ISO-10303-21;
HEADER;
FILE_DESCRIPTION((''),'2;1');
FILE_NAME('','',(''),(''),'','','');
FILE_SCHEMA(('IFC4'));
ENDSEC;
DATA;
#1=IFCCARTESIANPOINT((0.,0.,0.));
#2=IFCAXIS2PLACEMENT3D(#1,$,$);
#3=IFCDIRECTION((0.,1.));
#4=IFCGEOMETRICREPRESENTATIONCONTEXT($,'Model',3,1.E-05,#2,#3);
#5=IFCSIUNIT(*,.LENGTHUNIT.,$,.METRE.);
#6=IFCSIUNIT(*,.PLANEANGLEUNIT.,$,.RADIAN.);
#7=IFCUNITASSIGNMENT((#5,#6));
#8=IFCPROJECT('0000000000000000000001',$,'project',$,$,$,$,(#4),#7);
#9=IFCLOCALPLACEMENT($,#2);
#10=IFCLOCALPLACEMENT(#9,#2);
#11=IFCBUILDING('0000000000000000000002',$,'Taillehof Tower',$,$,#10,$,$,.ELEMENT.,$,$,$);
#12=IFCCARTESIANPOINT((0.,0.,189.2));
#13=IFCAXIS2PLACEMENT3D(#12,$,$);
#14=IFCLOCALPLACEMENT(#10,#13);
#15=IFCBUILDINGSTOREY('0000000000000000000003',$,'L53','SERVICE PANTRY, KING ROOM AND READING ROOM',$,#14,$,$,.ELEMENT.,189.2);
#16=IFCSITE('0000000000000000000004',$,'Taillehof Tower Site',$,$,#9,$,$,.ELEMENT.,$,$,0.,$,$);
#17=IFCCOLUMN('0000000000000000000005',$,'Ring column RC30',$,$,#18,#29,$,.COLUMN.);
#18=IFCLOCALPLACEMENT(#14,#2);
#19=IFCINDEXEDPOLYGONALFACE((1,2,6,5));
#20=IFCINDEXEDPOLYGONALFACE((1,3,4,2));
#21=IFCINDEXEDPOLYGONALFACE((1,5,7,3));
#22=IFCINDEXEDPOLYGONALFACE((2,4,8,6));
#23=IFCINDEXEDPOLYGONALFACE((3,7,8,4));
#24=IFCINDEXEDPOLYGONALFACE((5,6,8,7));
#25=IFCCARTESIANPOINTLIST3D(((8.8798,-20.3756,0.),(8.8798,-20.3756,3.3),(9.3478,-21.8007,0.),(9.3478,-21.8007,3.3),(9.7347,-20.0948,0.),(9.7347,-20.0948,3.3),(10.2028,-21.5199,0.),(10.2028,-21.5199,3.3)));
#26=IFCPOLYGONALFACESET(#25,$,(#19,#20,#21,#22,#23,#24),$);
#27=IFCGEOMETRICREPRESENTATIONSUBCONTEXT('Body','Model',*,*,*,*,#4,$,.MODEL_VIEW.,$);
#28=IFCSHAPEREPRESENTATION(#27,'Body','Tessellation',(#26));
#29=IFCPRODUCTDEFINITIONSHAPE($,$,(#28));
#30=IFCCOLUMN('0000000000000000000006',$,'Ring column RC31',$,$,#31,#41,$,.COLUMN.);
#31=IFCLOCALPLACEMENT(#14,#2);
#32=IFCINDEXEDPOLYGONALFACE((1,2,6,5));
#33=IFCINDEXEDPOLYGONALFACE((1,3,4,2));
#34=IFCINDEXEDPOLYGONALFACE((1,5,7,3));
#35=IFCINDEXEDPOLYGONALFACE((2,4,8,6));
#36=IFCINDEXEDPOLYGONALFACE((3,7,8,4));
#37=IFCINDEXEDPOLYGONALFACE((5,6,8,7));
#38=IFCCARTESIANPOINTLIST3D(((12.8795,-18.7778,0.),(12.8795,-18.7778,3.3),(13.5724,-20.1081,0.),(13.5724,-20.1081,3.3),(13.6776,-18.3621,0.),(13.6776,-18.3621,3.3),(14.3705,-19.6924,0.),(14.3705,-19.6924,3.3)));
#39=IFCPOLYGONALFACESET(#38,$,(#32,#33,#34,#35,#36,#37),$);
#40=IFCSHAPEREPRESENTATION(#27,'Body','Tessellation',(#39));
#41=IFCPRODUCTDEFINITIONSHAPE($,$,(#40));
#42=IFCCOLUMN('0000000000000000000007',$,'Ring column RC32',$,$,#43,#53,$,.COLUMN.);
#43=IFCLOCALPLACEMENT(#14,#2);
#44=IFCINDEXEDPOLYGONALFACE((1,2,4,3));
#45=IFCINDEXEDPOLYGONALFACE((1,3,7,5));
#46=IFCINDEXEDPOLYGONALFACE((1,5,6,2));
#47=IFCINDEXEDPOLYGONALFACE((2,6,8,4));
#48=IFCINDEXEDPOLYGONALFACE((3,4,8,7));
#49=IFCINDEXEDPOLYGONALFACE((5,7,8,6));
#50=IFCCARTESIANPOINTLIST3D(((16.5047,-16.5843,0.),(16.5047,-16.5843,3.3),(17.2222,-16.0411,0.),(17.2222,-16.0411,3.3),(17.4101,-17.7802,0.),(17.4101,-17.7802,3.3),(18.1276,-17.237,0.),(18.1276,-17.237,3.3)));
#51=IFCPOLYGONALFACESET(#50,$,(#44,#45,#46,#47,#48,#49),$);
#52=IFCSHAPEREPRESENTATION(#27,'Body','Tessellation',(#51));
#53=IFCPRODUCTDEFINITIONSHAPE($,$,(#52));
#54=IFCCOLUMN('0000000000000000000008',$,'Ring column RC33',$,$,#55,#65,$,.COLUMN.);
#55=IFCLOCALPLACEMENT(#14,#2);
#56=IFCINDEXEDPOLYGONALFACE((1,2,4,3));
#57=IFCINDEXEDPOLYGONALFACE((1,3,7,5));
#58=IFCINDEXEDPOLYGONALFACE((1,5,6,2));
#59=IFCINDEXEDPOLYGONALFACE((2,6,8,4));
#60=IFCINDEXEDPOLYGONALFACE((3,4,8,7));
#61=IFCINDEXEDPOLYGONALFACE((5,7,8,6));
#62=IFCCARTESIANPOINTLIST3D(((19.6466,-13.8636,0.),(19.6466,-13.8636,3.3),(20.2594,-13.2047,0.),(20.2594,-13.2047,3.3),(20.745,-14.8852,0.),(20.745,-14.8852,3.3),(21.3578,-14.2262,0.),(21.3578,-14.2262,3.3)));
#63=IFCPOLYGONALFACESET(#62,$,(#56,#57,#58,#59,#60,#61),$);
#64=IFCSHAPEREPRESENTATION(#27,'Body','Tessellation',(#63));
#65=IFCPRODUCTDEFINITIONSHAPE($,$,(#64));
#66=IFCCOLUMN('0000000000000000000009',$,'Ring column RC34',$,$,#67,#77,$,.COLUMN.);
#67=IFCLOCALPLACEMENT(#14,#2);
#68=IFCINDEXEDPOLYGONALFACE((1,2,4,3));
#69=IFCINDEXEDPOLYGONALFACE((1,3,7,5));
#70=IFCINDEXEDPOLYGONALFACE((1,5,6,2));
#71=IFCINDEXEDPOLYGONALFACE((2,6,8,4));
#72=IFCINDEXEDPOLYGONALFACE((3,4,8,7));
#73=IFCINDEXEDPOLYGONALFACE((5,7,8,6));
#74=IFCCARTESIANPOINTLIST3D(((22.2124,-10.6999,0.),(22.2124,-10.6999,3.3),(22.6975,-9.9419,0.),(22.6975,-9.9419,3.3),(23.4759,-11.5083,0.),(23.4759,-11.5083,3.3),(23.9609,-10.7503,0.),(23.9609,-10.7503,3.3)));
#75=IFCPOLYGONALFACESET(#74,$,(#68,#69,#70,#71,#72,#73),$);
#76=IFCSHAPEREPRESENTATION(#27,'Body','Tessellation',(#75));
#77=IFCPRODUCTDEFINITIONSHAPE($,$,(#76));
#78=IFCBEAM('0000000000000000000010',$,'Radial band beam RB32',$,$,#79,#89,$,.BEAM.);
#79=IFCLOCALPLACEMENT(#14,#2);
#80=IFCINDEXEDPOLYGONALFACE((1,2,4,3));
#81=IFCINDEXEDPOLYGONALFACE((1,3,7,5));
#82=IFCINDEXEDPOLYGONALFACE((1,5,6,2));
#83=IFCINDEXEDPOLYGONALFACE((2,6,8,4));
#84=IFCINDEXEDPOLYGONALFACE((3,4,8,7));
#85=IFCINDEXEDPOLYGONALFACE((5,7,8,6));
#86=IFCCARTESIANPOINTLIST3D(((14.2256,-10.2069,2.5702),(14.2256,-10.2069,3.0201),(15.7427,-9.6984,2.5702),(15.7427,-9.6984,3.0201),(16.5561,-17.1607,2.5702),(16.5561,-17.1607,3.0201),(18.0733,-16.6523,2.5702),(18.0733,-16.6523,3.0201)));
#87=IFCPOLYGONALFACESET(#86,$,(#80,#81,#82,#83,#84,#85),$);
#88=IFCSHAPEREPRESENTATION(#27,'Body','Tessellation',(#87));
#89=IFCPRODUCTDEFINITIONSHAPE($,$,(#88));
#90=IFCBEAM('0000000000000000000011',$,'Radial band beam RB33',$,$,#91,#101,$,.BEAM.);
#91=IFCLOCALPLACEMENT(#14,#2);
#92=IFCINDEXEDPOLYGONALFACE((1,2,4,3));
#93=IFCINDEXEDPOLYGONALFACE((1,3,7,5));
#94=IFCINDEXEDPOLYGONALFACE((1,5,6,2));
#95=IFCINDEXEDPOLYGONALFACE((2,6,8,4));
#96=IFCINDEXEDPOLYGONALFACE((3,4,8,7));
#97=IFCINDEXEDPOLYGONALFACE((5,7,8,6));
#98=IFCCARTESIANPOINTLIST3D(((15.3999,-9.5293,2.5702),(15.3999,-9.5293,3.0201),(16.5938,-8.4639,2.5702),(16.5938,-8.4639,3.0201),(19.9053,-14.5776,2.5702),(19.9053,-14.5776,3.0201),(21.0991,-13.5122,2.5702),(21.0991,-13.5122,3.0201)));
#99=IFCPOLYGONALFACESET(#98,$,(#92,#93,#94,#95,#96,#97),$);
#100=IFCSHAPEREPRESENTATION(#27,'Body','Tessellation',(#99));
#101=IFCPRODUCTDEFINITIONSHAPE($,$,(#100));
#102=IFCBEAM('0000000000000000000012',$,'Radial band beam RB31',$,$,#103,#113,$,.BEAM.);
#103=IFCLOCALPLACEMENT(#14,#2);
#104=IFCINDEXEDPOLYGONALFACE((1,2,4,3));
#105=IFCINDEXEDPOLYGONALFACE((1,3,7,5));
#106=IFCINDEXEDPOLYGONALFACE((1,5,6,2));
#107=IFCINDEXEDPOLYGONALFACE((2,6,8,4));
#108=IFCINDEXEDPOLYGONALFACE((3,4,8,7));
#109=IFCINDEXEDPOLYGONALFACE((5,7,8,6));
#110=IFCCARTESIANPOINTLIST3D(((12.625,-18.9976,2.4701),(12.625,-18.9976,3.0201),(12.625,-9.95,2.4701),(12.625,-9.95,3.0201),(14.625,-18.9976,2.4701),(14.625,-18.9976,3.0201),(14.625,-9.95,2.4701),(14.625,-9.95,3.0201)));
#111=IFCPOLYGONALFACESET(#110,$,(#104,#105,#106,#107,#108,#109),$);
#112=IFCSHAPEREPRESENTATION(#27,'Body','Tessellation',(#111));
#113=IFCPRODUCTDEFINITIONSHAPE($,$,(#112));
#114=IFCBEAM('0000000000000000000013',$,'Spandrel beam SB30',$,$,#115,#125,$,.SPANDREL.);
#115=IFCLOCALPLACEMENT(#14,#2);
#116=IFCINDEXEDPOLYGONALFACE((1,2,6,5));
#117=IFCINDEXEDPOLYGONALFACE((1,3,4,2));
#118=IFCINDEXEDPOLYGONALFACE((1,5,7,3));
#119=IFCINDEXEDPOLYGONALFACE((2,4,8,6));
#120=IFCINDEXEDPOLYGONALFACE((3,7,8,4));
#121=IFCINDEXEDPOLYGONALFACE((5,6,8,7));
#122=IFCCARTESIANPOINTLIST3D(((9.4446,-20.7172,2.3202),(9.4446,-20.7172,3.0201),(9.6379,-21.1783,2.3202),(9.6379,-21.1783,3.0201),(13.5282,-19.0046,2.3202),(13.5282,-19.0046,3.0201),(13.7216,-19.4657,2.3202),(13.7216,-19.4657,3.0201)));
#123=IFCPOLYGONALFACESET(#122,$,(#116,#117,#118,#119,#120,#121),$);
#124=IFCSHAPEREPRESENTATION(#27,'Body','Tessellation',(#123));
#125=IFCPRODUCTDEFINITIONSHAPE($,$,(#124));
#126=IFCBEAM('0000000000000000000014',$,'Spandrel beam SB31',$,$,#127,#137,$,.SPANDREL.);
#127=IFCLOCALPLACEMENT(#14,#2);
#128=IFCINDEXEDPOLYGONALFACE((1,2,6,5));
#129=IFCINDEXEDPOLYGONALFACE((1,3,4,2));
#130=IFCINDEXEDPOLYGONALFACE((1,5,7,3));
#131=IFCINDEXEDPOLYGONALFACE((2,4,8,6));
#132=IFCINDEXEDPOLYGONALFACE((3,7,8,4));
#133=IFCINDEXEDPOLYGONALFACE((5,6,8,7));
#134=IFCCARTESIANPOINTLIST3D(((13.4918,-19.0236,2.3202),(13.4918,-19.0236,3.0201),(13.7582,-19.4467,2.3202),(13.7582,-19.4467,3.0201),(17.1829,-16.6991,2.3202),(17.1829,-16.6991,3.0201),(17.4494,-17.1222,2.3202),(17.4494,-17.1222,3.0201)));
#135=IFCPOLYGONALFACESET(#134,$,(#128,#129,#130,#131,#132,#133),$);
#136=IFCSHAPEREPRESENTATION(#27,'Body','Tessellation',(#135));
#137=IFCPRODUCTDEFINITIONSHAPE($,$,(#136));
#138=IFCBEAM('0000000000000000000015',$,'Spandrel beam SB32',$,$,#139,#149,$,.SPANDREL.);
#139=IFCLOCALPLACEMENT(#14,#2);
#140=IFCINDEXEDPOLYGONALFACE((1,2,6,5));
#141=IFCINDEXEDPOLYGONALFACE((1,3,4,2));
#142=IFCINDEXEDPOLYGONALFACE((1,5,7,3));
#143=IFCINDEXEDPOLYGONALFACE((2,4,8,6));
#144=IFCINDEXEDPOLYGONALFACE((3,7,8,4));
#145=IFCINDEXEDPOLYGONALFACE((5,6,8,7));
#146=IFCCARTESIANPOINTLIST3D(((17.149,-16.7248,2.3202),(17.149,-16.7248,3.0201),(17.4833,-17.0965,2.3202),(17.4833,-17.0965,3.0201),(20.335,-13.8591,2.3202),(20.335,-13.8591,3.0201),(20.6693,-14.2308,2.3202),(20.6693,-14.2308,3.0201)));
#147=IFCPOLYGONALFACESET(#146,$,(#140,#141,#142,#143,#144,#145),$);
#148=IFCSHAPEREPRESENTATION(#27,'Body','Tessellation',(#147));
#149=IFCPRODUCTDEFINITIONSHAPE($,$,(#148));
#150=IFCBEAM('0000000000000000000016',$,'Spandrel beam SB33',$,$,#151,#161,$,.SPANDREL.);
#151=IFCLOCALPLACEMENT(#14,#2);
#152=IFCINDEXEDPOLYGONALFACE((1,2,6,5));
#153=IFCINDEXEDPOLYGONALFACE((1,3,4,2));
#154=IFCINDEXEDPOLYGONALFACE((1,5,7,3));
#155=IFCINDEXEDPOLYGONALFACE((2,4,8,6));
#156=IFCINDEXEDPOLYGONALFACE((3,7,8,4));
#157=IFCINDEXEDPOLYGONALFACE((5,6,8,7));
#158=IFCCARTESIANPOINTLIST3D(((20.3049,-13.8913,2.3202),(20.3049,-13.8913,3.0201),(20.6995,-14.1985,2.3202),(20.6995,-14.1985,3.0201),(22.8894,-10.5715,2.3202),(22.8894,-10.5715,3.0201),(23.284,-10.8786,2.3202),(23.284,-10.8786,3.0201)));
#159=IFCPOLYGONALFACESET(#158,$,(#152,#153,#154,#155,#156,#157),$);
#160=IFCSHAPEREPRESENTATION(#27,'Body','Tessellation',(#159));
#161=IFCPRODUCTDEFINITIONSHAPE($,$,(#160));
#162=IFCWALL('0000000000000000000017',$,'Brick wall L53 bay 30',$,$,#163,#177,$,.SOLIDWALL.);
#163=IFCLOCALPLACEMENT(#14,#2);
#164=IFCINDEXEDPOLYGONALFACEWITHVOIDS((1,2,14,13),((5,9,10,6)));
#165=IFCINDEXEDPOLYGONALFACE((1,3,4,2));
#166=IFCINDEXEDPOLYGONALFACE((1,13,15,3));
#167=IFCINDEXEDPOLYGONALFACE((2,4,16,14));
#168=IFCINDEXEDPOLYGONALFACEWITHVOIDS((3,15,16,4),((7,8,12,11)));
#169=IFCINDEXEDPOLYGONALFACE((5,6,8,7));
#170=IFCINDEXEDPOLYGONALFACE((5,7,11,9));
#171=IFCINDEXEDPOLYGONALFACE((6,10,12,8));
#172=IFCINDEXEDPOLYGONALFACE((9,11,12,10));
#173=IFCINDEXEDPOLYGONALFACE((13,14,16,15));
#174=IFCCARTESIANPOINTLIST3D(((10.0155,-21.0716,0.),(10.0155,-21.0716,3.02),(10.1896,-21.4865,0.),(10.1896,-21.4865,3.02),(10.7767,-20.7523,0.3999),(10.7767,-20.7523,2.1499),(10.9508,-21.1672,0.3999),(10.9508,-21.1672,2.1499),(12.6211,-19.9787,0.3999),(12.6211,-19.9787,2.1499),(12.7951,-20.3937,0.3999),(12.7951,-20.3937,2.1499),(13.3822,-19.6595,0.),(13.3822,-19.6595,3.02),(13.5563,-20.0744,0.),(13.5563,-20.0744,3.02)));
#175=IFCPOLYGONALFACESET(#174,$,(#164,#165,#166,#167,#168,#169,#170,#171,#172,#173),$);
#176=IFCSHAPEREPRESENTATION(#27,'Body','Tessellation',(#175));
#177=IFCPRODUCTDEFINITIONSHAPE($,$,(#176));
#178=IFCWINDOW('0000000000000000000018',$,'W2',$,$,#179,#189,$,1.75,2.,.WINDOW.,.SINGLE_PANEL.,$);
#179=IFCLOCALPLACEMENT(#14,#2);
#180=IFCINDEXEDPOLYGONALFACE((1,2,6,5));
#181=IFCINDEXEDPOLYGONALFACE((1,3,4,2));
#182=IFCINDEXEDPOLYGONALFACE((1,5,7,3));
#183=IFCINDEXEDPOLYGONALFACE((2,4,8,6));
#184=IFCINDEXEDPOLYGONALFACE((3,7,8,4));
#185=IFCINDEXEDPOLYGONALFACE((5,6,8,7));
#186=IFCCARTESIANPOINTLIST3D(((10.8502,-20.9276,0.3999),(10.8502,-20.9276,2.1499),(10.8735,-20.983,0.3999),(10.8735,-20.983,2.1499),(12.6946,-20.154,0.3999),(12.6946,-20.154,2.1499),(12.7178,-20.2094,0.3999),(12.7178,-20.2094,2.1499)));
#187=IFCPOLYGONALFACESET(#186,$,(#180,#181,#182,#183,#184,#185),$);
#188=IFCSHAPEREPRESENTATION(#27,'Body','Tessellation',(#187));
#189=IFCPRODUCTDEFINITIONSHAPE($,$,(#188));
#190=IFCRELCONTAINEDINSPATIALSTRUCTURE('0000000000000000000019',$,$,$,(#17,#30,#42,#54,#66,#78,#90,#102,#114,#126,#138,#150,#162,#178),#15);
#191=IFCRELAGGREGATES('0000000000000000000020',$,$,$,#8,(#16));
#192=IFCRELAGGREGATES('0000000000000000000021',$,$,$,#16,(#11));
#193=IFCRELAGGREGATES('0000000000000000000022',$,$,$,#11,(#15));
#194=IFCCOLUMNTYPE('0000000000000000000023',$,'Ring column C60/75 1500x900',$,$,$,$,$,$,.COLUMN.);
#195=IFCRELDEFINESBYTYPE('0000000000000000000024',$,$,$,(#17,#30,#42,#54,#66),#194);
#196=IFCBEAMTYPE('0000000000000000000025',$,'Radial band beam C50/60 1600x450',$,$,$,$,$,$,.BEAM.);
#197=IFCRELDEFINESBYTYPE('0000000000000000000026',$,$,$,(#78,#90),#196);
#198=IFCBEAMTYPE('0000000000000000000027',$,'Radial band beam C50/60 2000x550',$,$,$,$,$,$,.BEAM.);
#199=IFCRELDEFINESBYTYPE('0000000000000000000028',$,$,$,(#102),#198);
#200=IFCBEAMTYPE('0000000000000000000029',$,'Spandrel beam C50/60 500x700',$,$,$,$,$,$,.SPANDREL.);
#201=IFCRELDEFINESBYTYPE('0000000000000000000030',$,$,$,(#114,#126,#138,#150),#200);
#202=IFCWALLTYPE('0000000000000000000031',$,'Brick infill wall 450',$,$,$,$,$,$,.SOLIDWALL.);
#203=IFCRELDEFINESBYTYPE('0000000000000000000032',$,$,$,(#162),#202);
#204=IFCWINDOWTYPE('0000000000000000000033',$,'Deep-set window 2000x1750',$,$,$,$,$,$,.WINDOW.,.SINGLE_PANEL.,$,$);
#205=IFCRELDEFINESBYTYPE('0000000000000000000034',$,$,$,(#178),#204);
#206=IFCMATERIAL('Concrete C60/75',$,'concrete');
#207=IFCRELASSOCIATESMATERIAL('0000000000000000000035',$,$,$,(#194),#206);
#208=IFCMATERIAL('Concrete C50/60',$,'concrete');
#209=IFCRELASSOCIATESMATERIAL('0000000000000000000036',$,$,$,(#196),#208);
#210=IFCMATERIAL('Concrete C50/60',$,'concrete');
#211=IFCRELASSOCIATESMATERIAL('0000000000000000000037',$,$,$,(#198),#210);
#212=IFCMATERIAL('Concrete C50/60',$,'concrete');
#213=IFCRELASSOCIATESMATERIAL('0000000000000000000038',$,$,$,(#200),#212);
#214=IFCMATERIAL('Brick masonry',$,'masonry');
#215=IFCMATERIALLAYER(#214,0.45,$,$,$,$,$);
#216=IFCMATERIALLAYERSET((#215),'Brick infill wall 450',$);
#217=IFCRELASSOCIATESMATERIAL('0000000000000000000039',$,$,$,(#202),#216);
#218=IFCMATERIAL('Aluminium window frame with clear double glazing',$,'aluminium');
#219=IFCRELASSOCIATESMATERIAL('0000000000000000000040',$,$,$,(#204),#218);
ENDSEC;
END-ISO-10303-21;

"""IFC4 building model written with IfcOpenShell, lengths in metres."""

from ifc_helpers import new_model, si_unit, direction, frame, frame_2d, origin, origin_2d, place, context, subcontext, project, spatial, rectangle, extrude, material, layer, layer_set, material_profile, profile_set, type_object, element, fill, save


model = new_model("IFC4")

# Units and contexts
model_context = context("Model", 3, precision=1e-05, world=origin(), true_north=direction((0.0, 1.0)))
body_context = subcontext(model_context, "Body", "Model", "MODEL_VIEW")
ifc_project = project(units=[si_unit("LENGTHUNIT", "METRE"), si_unit("PLANEANGLEUNIT", "RADIAN")], contexts=[model_context])

# Site, building, storey
site_placement = place(None, origin())
site = spatial("IfcSite", under=ifc_project, at=site_placement, Name="Taillehof Tower Site", CompositionType="ELEMENT", RefElevation=0.0)
building_placement = place(site_placement, origin())
building = spatial("IfcBuilding", under=site, at=building_placement, Name="Taillehof Tower", CompositionType="ELEMENT")
storey_placement = place(building_placement, frame((0.0, 0.0, 189.2)))
storey = spatial("IfcBuildingStorey", under=building, at=storey_placement, Name="L53", Description="SERVICE PANTRY, KING ROOM AND READING ROOM", CompositionType="ELEMENT", Elevation=189.2)

# Columns
ifc_material_1 = material(Name="Concrete C60/75", Category="concrete")
ifc_material_profile_1 = material_profile(ifc_material_1, rectangle(XDim=1.5, YDim=0.8999, at=origin_2d()), Name="RC 1500x900")
ifc_profile_set_1 = profile_set([ifc_material_profile_1], Name="Concrete C60/75")
column_type = type_object("IfcColumnType", Name="Ring column C60/75 1500x900", PredefinedType="COLUMN", material=ifc_profile_set_1)
for number, where, z_axis, x_axis, name in (
    (1, (9.5413, -20.9478, 0.0), (0.0, 0.0, 1.0), (0.312001, -0.950082, 0.0), "Ring column RC30"),
    (2, (13.625, -19.2351, 0.0), (0.0, 0.0, 1.0), (0.461993, -0.886883, 0.0), "Ring column RC31"),
    (3, (17.3162, -16.9106, 0.0), (0.0, 0.0, 1.0), (0.603608, -0.797281, 0.0), "Ring column RC32"),
    (4, (20.5022, -14.0449, 0.0), (0.0, 0.0, 1.0), (0.732271, -0.681013, 0.0), "Ring column RC33"),
    (5, (23.0867, -10.7251, 0.0), (0.0, 0.0, 1.0), (0.842311, -0.538992, 0.0), "Ring column RC34"),
):
    element("IfcColumn", number, at=place(storey_placement, frame(where, z_axis=z_axis, x_axis=x_axis)), inside=storey, type_object=column_type, Name=name, PredefinedType="COLUMN", context=body_context, shape_type="SweptSolid", body=[
        extrude(rectangle(XDim=1.5, YDim=0.8999, at=origin_2d()), origin(), (0.0, 0.0, 1.0), 3.3),
    ])

# Beams
ifc_material_2 = material(Name="Concrete C50/60", Category="concrete")
ifc_material_profile_2 = material_profile(ifc_material_2, rectangle(XDim=1.6001, YDim=0.45, at=origin_2d()), Name="RC 1600x450")
ifc_profile_set_2 = profile_set([ifc_material_profile_2], Name="Concrete C50/60")
beam_type_1 = type_object("IfcBeamType", Name="Radial band beam C50/60 1600x450", PredefinedType="BEAM", material=ifc_profile_set_2)
beam_1_placement = place(storey_placement, frame((17.3147, -16.9065, 2.7952), z_axis=(-0.317775, 0.948166, 0.0), x_axis=(-0.948166, -0.317775, 0.0)))
element("IfcBeam", 6, at=beam_1_placement, inside=storey, type_object=beam_type_1, Name="Radial band beam RB32", PredefinedType="BEAM", context=body_context, shape_type="SweptSolid", body=[
    extrude(rectangle(XDim=1.6001, YDim=0.45, at=origin_2d()), origin(), (0.0, 0.0, 1.0), 7.334),
])
beam_2_placement = place(storey_placement, frame((20.5022, -14.0449, 2.7952), z_axis=(-0.665845, 0.74609, 0.0), x_axis=(-0.74609, -0.665845, 0.0)))
element("IfcBeam", 7, at=beam_2_placement, inside=storey, type_object=beam_type_1, Name="Radial band beam RB33", PredefinedType="BEAM", context=body_context, shape_type="SweptSolid", body=[
    extrude(rectangle(XDim=1.6001, YDim=0.45, at=origin_2d()), origin(), (0.0, 0.0, 1.0), 6.7664),
])
ifc_material_3 = material(Name="Concrete C50/60", Category="concrete")
ifc_material_profile_3 = material_profile(ifc_material_3, rectangle(XDim=2.0, YDim=0.55, at=origin_2d()), Name="RC 2000x550")
ifc_profile_set_3 = profile_set([ifc_material_profile_3], Name="Concrete C50/60")
beam_type_2 = type_object("IfcBeamType", Name="Radial band beam C50/60 2000x550", PredefinedType="BEAM", material=ifc_profile_set_3)
beam_3_placement = place(storey_placement, frame((13.625, -18.9976, 2.7451), z_axis=(0.0, 1.0, 0.0), x_axis=(-1.0, 0.0, 0.0)))
element("IfcBeam", 8, at=beam_3_placement, inside=storey, type_object=beam_type_2, Name="Radial band beam RB31", PredefinedType="BEAM", context=body_context, shape_type="SweptSolid", body=[
    extrude(rectangle(XDim=2.0, YDim=0.55, at=origin_2d()), origin(), (0.0, 0.0, 1.0), 9.0476),
])
ifc_material_4 = material(Name="Concrete C50/60", Category="concrete")
ifc_material_profile_4 = material_profile(ifc_material_4, rectangle(XDim=0.5, YDim=0.7, at=origin_2d()), Name="RC 500x700")
ifc_profile_set_4 = profile_set([ifc_material_profile_4], Name="Concrete C50/60")
beam_type_3 = type_object("IfcBeamType", Name="Spandrel beam C50/60 500x700", PredefinedType="SPANDREL", material=ifc_profile_set_4)
beam_4_placement = place(storey_placement, frame((9.5413, -20.9478, 2.6702), z_axis=(0.922186, 0.386748, 0.0), x_axis=(-0.386748, 0.922186, 0.0)))
element("IfcBeam", 9, at=beam_4_placement, inside=storey, type_object=beam_type_3, Name="Spandrel beam SB30", PredefinedType="SPANDREL", context=body_context, shape_type="SweptSolid", body=[
    extrude(rectangle(XDim=0.5, YDim=0.7, at=origin_2d()), origin(), (0.0, 0.0, 1.0), 4.4282),
])
beam_5_placement = place(storey_placement, frame((13.625, -19.2351, 2.6702), z_axis=(0.846192, 0.532879, 0.0), x_axis=(-0.532879, 0.846192, 0.0)))
element("IfcBeam", 10, at=beam_5_placement, inside=storey, type_object=beam_type_3, Name="Spandrel beam SB31", PredefinedType="SPANDREL", context=body_context, shape_type="SweptSolid", body=[
    extrude(rectangle(XDim=0.5, YDim=0.7, at=origin_2d()), origin(), (0.0, 0.0, 1.0), 4.3621),
])
beam_6_placement = place(storey_placement, frame((17.3162, -16.9106, 2.6702), z_axis=(0.743492, 0.668744, 0.0), x_axis=(-0.668744, 0.743492, 0.0)))
element("IfcBeam", 11, at=beam_6_placement, inside=storey, type_object=beam_type_3, Name="Spandrel beam SB32", PredefinedType="SPANDREL", context=body_context, shape_type="SweptSolid", body=[
    extrude(rectangle(XDim=0.5, YDim=0.7, at=origin_2d()), origin(), (0.0, 0.0, 1.0), 4.2852),
])
beam_7_placement = place(storey_placement, frame((20.5022, -14.0449, 2.6702), z_axis=(0.614294, 0.789077, 0.0), x_axis=(-0.789077, 0.614294, 0.0)))
element("IfcBeam", 12, at=beam_7_placement, inside=storey, type_object=beam_type_3, Name="Spandrel beam SB33", PredefinedType="SPANDREL", context=body_context, shape_type="SweptSolid", body=[
    extrude(rectangle(XDim=0.5, YDim=0.7, at=origin_2d()), origin(), (0.0, 0.0, 1.0), 4.2073),
])

# Wall, opening, window
ifc_material_5 = material(Name="Brick masonry", Category="masonry")
ifc_layer_1 = layer(ifc_material_5, 0.45)
ifc_layer_set_1 = layer_set([ifc_layer_1], Name="Brick infill wall 450")
wall_type_1 = type_object("IfcWallType", Name="Brick infill wall 450", PredefinedType="SOLIDWALL", material=ifc_layer_set_1)
wall_1_placement = place(storey_placement, frame((10.1025, -21.2791, 0.0), z_axis=(0.0, 0.0, 1.0), x_axis=(0.922168, 0.386789, 0.0)))
wall_1 = element("IfcWall", 13, at=wall_1_placement, inside=storey, type_object=wall_type_1, Name="Brick wall L53 bay 30", PredefinedType="SOLIDWALL", context=body_context, shape_type="SweptSolid", body=[
    extrude(rectangle(XDim=3.6509, YDim=0.45, at=frame_2d((1.8254, 0.0))), origin(), (0.0, 0.0, 1.0), 3.02),
])
opening_1_placement = place(wall_1_placement, frame((0.8254, 0.0, 0.3999)))
opening_1 = element("IfcOpeningElement", 14, at=opening_1_placement, cuts=wall_1, PredefinedType="OPENING", context=body_context, shape_type="SweptSolid", body=[
    extrude(rectangle(XDim=2.0, YDim=1.75, at=frame_2d((1.0, 0.875))), frame((0.0, 0.2349, 0.0), z_axis=(0.0, -1.0, 0.0), x_axis=(1.0, 0.0, 0.0)), (0.0, 0.0, 1.0), 0.47),
])
ifc_material_6 = material(Name="Aluminium window frame with clear double glazing", Category="aluminium")
window_type = type_object("IfcWindowType", Name="Deep-set window 2000x1750", PartitioningType="SINGLE_PANEL", PredefinedType="WINDOW", material=ifc_material_6)
window_1_placement = place(opening_1_placement, origin())
window_1 = element("IfcWindow", 15, at=window_1_placement, inside=storey, type_object=window_type, Name="W2", OverallHeight=1.75, OverallWidth=2.0, PartitioningType="SINGLE_PANEL", PredefinedType="WINDOW", context=body_context, shape_type="SweptSolid", body=[
    extrude(rectangle(XDim=2.0, YDim=1.75, at=frame_2d((1.0, 0.875))), frame((0.0, 0.0349, 0.0), z_axis=(0.0, -1.0, 0.0), x_axis=(1.0, 0.0, 0.0)), (0.0, 0.0, 1.0), 0.0601),
])
fill(opening_1, window_1)

save(model, "model.ifc")
